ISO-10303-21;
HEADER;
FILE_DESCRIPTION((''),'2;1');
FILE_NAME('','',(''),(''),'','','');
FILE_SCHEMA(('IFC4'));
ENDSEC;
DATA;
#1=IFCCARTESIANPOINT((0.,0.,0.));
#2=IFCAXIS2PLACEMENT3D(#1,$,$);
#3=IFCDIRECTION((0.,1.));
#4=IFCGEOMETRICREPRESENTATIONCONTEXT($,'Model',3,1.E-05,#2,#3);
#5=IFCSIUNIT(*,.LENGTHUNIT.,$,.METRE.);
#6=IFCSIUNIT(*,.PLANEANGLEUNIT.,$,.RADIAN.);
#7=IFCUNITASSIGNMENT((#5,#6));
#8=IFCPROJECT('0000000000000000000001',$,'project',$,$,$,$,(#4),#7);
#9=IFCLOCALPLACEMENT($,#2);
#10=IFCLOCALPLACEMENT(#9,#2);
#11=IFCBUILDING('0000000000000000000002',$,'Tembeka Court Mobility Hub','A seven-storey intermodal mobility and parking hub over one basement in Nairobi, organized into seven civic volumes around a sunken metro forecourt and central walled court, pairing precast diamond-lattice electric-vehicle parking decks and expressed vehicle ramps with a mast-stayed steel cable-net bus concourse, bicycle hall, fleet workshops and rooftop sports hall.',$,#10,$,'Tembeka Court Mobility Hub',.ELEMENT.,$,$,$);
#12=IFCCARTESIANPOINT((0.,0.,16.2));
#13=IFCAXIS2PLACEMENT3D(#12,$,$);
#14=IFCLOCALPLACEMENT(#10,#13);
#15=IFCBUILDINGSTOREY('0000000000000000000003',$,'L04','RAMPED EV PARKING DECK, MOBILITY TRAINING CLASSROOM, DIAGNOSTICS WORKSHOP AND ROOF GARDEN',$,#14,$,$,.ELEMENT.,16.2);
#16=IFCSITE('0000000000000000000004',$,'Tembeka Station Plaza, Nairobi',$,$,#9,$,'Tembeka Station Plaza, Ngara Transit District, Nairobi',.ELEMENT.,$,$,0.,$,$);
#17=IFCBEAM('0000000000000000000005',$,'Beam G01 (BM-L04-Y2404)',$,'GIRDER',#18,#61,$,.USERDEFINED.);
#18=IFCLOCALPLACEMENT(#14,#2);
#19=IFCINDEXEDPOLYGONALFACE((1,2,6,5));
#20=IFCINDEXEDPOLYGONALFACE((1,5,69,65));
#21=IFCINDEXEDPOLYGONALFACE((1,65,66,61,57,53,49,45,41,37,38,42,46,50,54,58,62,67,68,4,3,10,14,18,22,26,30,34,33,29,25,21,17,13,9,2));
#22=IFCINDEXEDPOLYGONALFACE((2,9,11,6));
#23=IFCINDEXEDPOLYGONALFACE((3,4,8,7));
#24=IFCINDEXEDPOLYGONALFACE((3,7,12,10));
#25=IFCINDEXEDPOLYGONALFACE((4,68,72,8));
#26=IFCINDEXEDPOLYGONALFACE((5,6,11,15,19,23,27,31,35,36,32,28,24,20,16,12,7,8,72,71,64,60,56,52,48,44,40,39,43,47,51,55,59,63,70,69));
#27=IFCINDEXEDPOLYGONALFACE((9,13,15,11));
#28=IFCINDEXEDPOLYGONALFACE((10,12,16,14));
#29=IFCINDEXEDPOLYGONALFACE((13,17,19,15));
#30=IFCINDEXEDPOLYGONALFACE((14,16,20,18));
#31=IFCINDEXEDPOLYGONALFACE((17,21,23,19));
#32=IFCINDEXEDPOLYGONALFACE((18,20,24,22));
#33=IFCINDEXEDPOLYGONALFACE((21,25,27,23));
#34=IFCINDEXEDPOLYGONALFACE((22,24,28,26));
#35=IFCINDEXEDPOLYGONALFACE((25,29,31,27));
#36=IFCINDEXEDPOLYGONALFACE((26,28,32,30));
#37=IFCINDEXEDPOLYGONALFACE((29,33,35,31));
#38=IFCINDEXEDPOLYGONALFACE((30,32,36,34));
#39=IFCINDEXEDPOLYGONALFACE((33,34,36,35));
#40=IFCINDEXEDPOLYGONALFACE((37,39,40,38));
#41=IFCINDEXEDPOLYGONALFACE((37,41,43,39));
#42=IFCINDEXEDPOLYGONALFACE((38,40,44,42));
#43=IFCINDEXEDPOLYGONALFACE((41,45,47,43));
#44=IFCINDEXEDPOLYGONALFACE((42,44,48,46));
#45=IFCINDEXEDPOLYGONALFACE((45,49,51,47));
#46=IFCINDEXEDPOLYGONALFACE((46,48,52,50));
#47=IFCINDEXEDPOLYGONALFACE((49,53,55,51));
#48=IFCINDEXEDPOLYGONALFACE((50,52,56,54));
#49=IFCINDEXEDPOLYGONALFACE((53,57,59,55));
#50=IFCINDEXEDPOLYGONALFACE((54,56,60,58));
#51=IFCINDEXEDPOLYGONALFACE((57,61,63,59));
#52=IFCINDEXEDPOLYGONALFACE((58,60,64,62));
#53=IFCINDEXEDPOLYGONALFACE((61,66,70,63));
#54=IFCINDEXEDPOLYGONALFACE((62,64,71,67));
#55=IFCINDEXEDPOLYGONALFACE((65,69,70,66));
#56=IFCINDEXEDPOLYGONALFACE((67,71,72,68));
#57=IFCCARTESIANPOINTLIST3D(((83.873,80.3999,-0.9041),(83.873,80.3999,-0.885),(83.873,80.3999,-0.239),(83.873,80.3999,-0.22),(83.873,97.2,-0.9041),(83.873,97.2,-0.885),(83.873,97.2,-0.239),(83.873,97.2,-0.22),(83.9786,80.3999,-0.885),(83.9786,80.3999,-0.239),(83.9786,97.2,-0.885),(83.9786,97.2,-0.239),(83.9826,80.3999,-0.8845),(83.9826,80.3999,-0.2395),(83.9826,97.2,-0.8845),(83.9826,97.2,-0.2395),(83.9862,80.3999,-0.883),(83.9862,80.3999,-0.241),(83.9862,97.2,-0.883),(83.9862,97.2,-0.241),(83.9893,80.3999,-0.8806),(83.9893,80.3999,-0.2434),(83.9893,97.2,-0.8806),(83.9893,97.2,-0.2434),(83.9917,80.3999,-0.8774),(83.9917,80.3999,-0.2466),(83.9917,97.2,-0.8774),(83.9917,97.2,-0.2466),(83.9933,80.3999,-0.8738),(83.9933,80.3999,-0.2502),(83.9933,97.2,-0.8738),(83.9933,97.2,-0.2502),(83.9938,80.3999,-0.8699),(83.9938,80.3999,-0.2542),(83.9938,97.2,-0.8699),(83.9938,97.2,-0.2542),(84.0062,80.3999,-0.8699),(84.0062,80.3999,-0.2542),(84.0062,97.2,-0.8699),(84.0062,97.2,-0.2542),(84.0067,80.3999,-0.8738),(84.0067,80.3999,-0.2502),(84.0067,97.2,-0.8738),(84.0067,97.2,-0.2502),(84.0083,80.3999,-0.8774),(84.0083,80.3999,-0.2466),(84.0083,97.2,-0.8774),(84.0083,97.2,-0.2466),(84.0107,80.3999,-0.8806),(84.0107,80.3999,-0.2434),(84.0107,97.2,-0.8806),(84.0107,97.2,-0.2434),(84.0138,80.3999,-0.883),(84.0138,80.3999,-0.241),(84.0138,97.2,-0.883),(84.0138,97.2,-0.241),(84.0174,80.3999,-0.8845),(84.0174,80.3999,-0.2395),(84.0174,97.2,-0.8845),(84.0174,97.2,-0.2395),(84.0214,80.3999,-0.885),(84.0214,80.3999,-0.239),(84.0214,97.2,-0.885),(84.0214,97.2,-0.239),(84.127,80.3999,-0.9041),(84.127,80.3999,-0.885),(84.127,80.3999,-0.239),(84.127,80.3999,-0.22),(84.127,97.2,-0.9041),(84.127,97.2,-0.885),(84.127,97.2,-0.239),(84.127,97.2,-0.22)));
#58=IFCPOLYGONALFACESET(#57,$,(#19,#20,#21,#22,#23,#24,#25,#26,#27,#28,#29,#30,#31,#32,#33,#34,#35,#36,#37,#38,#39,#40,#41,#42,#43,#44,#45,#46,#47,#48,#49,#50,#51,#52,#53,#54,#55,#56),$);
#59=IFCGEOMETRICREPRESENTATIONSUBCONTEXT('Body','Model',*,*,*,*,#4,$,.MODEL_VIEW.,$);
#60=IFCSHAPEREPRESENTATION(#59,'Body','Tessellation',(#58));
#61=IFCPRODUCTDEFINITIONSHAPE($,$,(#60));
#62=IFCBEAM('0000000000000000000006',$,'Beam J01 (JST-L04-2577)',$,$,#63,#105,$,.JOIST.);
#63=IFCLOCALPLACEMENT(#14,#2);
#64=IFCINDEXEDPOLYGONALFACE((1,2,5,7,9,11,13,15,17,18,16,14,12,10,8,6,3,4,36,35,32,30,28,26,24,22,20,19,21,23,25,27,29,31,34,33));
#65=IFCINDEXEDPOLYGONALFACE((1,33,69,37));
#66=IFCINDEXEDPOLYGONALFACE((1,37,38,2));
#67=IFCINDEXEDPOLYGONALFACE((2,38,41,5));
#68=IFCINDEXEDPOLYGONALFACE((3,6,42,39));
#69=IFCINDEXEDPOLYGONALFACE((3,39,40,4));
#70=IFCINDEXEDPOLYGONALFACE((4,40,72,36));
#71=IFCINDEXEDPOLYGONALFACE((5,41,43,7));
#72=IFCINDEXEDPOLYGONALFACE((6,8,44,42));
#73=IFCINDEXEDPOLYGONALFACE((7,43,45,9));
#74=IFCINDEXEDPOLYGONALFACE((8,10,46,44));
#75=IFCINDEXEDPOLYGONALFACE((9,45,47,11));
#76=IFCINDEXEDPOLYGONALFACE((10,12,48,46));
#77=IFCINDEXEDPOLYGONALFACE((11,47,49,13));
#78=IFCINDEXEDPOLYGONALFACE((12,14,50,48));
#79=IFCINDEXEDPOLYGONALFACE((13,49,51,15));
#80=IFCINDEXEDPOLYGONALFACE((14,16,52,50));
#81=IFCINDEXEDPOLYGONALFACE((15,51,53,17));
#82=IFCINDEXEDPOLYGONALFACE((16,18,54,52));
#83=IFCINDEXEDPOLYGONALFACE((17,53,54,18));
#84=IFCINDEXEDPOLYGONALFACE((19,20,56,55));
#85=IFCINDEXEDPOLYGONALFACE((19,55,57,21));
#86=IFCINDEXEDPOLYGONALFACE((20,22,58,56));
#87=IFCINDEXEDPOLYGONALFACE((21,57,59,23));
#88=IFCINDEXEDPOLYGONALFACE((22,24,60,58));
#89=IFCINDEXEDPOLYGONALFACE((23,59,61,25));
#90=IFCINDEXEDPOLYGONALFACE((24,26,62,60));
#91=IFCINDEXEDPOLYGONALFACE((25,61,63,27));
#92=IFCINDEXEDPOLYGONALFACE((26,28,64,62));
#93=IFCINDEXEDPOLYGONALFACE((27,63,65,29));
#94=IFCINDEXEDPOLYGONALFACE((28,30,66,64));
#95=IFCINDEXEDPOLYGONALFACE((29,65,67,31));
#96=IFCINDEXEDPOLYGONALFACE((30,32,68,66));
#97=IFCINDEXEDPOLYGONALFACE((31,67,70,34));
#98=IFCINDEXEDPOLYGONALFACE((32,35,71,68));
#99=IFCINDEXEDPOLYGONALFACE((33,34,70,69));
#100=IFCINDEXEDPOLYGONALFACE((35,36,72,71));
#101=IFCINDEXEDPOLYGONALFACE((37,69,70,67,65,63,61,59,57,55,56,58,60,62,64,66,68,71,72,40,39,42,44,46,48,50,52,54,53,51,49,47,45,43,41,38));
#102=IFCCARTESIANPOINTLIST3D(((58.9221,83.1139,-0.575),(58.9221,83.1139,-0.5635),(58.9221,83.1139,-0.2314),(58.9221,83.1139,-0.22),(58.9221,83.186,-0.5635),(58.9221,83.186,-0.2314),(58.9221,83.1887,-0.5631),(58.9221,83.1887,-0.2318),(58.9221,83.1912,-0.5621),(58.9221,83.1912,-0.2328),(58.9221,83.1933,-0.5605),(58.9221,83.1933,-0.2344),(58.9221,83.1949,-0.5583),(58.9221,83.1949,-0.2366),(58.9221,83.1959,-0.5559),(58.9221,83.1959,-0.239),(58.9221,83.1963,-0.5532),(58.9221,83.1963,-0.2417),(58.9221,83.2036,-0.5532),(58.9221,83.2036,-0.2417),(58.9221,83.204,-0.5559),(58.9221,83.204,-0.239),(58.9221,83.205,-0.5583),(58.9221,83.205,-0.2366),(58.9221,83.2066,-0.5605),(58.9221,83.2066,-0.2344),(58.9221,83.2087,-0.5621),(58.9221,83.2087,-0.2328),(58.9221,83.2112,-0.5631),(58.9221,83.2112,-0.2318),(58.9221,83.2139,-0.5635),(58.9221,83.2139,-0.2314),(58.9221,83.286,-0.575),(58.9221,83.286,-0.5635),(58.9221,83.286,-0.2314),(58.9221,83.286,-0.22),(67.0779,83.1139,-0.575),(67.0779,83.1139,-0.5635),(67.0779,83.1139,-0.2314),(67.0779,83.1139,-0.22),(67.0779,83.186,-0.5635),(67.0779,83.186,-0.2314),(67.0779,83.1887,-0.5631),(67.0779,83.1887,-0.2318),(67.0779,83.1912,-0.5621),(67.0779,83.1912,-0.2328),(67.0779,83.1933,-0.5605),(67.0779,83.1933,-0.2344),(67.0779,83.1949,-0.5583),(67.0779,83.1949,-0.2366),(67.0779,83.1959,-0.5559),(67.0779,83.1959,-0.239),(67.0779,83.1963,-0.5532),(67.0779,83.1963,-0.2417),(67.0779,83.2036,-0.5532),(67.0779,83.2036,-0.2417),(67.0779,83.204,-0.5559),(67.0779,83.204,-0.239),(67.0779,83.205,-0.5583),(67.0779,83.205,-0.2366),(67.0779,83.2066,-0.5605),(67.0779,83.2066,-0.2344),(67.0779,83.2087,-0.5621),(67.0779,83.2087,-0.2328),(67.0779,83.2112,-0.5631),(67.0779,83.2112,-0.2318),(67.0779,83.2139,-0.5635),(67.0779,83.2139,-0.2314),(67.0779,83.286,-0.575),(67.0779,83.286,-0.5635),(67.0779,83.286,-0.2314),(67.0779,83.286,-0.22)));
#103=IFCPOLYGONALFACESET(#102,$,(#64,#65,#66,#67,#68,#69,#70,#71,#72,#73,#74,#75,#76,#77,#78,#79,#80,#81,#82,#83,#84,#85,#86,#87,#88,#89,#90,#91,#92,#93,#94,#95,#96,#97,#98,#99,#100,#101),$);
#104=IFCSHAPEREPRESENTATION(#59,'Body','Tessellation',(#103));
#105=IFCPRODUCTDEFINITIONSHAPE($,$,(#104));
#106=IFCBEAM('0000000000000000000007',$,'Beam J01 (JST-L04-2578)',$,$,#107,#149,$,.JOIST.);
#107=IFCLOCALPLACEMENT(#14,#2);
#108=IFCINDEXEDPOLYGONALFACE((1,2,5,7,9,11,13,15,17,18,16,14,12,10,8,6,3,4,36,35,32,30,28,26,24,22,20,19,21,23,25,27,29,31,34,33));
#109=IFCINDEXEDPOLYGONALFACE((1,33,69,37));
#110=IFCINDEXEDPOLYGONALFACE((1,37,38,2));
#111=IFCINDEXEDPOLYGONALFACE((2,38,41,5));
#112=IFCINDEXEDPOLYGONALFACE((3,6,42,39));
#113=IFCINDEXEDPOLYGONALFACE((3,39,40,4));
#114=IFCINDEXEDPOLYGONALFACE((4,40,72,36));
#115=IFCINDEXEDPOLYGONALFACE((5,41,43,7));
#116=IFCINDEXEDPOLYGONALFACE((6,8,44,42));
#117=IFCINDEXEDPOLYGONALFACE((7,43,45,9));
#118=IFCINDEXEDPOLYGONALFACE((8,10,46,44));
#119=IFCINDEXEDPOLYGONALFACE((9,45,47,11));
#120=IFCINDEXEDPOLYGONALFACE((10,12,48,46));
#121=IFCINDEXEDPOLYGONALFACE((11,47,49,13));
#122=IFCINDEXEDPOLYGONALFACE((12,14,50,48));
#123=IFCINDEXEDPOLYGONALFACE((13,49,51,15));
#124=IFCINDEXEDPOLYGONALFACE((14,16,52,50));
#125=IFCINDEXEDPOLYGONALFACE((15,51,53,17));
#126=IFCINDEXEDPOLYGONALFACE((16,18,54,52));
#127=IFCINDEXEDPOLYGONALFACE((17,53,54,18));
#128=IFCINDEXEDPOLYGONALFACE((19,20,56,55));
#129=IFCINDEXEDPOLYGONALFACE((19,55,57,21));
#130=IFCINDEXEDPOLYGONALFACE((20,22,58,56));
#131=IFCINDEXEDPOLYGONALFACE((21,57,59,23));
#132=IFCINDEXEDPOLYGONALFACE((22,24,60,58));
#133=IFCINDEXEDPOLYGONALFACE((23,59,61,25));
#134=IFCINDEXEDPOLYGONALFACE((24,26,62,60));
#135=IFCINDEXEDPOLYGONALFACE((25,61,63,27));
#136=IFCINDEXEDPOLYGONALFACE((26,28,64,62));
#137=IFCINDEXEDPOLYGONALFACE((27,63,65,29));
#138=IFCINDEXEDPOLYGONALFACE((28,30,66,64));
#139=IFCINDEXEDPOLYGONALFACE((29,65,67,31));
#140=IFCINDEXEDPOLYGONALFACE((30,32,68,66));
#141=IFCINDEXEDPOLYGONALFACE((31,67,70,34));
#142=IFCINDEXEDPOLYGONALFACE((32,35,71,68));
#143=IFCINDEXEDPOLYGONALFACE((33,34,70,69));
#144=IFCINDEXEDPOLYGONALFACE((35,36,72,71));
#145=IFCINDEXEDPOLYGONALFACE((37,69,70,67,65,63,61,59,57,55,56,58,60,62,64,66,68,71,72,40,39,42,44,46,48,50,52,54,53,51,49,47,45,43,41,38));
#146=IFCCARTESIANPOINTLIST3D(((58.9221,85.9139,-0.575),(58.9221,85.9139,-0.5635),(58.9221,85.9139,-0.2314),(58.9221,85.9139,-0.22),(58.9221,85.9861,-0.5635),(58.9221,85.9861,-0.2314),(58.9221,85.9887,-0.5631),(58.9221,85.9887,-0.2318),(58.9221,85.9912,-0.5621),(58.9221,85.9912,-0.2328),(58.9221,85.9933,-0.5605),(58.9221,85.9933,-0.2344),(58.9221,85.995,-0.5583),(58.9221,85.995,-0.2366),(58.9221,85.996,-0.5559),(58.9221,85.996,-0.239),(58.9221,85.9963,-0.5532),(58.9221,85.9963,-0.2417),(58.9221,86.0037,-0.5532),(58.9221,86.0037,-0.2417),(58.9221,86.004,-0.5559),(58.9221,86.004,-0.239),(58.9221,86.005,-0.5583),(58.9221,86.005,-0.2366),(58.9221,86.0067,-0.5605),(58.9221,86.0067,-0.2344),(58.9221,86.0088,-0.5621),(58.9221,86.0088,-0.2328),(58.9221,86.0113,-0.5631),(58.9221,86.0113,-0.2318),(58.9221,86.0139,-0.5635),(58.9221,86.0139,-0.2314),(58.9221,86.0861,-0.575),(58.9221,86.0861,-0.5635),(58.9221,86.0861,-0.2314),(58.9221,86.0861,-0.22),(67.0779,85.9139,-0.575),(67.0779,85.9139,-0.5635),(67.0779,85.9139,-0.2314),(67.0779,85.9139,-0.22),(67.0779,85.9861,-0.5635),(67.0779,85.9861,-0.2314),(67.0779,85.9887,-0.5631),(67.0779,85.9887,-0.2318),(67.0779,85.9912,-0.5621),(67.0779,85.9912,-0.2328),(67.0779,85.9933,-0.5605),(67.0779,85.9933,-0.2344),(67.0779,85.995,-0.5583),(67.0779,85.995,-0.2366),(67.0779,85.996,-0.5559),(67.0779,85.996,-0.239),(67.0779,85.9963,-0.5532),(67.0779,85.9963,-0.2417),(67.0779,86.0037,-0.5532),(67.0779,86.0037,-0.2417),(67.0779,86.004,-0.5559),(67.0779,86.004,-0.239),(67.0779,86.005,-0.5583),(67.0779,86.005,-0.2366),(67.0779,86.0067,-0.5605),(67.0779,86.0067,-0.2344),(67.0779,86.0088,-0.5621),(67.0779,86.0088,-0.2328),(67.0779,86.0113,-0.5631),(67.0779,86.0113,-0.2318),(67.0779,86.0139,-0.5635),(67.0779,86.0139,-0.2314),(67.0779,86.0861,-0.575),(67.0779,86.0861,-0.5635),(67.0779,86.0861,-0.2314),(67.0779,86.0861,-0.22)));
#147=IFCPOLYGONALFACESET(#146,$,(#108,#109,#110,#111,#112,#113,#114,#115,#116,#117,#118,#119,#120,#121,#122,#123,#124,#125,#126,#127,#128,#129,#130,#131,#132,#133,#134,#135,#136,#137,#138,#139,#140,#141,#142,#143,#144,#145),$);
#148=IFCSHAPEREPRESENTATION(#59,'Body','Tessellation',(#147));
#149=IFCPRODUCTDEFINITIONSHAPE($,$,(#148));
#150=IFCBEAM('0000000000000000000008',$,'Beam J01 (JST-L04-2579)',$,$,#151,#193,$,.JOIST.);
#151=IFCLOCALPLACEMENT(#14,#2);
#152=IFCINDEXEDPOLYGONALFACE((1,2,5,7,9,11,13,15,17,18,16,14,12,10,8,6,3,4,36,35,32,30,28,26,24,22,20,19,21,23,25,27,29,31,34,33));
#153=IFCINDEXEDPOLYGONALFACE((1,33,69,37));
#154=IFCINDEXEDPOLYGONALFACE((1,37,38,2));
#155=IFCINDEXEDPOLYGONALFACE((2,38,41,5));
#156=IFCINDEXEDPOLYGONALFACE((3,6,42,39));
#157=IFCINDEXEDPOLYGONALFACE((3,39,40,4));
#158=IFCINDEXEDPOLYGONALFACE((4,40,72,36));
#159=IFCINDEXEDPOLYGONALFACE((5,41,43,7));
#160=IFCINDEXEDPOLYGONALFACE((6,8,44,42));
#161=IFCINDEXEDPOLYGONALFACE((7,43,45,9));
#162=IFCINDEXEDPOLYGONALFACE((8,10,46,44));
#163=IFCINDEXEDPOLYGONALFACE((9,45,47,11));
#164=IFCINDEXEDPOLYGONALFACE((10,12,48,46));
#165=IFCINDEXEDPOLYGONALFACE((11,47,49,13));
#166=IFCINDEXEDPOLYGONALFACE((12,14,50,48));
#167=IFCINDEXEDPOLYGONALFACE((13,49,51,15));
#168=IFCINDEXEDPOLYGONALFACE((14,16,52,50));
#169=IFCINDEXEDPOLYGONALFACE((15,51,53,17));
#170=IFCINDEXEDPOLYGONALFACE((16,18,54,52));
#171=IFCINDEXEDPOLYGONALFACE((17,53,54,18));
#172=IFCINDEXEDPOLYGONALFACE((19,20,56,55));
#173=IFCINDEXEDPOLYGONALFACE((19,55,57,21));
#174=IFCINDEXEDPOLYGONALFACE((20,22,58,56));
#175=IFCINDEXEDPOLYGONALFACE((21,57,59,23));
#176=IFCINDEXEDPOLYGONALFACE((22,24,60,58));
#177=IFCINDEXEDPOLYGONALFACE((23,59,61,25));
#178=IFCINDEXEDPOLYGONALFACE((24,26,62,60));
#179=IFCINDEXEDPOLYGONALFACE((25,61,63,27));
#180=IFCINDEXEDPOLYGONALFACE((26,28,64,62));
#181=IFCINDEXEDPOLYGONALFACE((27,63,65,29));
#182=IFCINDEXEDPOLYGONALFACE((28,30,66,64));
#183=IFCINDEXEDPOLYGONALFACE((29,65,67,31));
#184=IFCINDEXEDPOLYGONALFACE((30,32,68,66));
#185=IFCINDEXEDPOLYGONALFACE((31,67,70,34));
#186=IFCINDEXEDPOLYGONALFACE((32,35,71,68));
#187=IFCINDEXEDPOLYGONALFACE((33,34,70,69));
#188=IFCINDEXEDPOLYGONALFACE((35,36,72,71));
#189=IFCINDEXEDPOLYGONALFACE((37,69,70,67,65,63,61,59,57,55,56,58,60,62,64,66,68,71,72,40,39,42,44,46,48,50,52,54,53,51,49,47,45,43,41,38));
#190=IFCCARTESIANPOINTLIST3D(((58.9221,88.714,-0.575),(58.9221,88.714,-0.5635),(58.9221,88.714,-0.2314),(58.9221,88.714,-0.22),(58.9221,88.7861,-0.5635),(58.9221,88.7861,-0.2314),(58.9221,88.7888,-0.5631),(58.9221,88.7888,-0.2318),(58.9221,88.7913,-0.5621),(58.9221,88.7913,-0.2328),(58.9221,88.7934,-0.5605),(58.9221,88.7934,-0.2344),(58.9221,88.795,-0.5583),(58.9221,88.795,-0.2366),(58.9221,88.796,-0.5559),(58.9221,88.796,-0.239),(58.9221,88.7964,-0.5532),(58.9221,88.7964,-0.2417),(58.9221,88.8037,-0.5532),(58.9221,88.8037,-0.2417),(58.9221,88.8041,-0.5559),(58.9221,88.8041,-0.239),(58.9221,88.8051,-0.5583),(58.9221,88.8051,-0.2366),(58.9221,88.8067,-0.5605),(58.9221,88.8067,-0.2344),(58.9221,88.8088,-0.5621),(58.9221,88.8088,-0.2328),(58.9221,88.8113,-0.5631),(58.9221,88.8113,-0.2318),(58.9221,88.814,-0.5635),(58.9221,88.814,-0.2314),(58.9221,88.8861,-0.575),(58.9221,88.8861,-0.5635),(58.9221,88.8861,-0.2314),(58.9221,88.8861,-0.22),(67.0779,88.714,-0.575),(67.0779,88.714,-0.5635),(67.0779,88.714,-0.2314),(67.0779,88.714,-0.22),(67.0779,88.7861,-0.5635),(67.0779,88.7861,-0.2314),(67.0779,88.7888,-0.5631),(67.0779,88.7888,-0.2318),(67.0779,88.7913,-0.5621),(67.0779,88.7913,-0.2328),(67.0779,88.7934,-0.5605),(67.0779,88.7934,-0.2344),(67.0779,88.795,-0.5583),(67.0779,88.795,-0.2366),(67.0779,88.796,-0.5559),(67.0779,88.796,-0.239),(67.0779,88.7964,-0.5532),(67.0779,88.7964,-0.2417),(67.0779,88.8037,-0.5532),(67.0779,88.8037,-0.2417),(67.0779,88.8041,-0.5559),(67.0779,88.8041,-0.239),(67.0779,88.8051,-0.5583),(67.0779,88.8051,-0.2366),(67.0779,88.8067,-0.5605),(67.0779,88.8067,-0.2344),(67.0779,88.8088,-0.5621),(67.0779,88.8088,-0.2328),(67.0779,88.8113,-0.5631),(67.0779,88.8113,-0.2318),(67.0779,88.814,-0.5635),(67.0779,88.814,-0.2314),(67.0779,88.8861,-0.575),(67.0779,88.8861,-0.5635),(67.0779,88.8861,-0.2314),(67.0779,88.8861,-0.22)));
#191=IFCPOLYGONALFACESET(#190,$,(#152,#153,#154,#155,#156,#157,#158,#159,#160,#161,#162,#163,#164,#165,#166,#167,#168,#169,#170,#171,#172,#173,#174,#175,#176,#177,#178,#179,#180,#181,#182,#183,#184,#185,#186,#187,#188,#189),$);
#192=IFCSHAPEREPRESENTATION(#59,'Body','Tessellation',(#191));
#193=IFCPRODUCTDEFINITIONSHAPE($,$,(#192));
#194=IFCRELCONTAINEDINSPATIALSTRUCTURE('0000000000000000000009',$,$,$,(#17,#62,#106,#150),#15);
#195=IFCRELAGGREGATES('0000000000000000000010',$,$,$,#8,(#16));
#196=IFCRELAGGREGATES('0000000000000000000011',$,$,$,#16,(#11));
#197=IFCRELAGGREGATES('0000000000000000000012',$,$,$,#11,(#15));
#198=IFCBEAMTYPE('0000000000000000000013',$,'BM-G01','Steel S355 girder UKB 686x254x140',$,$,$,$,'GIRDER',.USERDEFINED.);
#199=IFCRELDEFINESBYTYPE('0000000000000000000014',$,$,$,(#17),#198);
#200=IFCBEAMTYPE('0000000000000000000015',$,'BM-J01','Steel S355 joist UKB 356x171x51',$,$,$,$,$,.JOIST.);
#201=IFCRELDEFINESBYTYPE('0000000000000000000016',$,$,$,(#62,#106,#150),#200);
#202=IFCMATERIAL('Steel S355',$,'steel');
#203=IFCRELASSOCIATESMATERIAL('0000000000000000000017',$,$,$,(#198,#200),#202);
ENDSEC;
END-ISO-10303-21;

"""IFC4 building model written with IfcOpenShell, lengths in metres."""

from ifc_helpers import new_model, si_unit, direction, frame, origin, origin_2d, place, context, subcontext, project, spatial, i_section, extrude, material, material_profile, profile_set, type_object, element, save


model = new_model("IFC4")

# Units and contexts
model_context = context("Model", 3, precision=1e-05, world=origin(), true_north=direction((0.0, 1.0)))
body_context = subcontext(model_context, "Body", "Model", "MODEL_VIEW")
ifc_project = project(units=[si_unit("LENGTHUNIT", "METRE"), si_unit("PLANEANGLEUNIT", "RADIAN")], contexts=[model_context])

# Site, building, storey
site_placement = place(None, origin())
site = spatial("IfcSite", under=ifc_project, at=site_placement, Name="Tembeka Station Plaza, Nairobi", LongName="Tembeka Station Plaza, Ngara Transit District, Nairobi", CompositionType="ELEMENT", RefElevation=0.0)
building_placement = place(site_placement, origin())
building = spatial("IfcBuilding", under=site, at=building_placement, Name="Tembeka Court Mobility Hub", Description="A seven-storey intermodal mobility and parking hub over one basement in Nairobi, organized into seven civic volumes around a sunken metro forecourt and central walled court, pairing precast diamond-lattice electric-vehicle parking decks and expressed vehicle ramps with a mast-stayed steel cable-net bus concourse, bicycle hall, fleet workshops and rooftop sports hall.", LongName="Tembeka Court Mobility Hub", CompositionType="ELEMENT")
storey_placement = place(building_placement, frame((0.0, 0.0, 16.2)))
storey = spatial("IfcBuildingStorey", under=building, at=storey_placement, Name="L04", Description="RAMPED EV PARKING DECK, MOBILITY TRAINING CLASSROOM, DIAGNOSTICS WORKSHOP AND ROOF GARDEN", CompositionType="ELEMENT", Elevation=16.2)

# Shared definitions
ifc_material_1 = material(Name="Steel S355", Category="steel")

# Beams
ifc_material_profile_1 = material_profile(ifc_material_1, i_section(OverallWidth=0.2539, OverallDepth=0.6841, WebThickness=0.0125, FlangeThickness=0.019, FilletRadius=0.0151, at=origin_2d()), Name="UKB 686x254x140")
ifc_profile_set_1 = profile_set([ifc_material_profile_1], Name="Steel S355")
beam_type_1 = type_object("IfcBeamType", Name="BM-G01", Description="Steel S355 girder UKB 686x254x140", ElementType="GIRDER", PredefinedType="USERDEFINED", material=ifc_profile_set_1)
for number, where, z_axis, x_axis, name in (
    (1, (84.0, 80.3999, -0.562), (0.0, 1.0, 0.0), (-1.0, 0.0, 0.0), "Beam G01 (BM-L04-Y2404)"),
):
    element("IfcBeam", number, at=place(storey_placement, frame(where, z_axis=z_axis, x_axis=x_axis)), inside=storey, type_object=beam_type_1, Name=name, ObjectType="GIRDER", PredefinedType="USERDEFINED", context=body_context, shape_type="SweptSolid", body=[
        extrude(i_section(OverallWidth=0.2539, OverallDepth=0.6841, WebThickness=0.0125, FlangeThickness=0.019, FilletRadius=0.0151, at=origin_2d()), origin(), (0.0, 0.0, 1.0), 16.8),
    ])
ifc_material_profile_2 = material_profile(ifc_material_1, i_section(OverallWidth=0.1721, OverallDepth=0.355, WebThickness=0.0073, FlangeThickness=0.0115, FilletRadius=0.0103, at=origin_2d()), Name="UKB 356x171x51")
ifc_profile_set_2 = profile_set([ifc_material_profile_2], Name="Steel S355")
beam_type_2 = type_object("IfcBeamType", Name="BM-J01", Description="Steel S355 joist UKB 356x171x51", PredefinedType="JOIST", material=ifc_profile_set_2)
for number, where, z_axis, x_axis, name in (
    (2, (58.9221, 83.2, -0.3975), (1.0, 0.0, 0.0), (0.0, 1.0, 0.0), "Beam J01 (JST-L04-2577)"),
    (3, (58.9221, 86.0, -0.3975), (1.0, 0.0, 0.0), (0.0, 1.0, 0.0), "Beam J01 (JST-L04-2578)"),
    (4, (58.9221, 88.8, -0.3975), (1.0, 0.0, 0.0), (0.0, 1.0, 0.0), "Beam J01 (JST-L04-2579)"),
):
    element("IfcBeam", number, at=place(storey_placement, frame(where, z_axis=z_axis, x_axis=x_axis)), inside=storey, type_object=beam_type_2, Name=name, PredefinedType="JOIST", context=body_context, shape_type="SweptSolid", body=[
        extrude(i_section(OverallWidth=0.1721, OverallDepth=0.355, WebThickness=0.0073, FlangeThickness=0.0115, FilletRadius=0.0103, at=origin_2d()), origin(), (0.0, 0.0, 1.0), 8.1558),
    ])

save(model, "model.ifc")
